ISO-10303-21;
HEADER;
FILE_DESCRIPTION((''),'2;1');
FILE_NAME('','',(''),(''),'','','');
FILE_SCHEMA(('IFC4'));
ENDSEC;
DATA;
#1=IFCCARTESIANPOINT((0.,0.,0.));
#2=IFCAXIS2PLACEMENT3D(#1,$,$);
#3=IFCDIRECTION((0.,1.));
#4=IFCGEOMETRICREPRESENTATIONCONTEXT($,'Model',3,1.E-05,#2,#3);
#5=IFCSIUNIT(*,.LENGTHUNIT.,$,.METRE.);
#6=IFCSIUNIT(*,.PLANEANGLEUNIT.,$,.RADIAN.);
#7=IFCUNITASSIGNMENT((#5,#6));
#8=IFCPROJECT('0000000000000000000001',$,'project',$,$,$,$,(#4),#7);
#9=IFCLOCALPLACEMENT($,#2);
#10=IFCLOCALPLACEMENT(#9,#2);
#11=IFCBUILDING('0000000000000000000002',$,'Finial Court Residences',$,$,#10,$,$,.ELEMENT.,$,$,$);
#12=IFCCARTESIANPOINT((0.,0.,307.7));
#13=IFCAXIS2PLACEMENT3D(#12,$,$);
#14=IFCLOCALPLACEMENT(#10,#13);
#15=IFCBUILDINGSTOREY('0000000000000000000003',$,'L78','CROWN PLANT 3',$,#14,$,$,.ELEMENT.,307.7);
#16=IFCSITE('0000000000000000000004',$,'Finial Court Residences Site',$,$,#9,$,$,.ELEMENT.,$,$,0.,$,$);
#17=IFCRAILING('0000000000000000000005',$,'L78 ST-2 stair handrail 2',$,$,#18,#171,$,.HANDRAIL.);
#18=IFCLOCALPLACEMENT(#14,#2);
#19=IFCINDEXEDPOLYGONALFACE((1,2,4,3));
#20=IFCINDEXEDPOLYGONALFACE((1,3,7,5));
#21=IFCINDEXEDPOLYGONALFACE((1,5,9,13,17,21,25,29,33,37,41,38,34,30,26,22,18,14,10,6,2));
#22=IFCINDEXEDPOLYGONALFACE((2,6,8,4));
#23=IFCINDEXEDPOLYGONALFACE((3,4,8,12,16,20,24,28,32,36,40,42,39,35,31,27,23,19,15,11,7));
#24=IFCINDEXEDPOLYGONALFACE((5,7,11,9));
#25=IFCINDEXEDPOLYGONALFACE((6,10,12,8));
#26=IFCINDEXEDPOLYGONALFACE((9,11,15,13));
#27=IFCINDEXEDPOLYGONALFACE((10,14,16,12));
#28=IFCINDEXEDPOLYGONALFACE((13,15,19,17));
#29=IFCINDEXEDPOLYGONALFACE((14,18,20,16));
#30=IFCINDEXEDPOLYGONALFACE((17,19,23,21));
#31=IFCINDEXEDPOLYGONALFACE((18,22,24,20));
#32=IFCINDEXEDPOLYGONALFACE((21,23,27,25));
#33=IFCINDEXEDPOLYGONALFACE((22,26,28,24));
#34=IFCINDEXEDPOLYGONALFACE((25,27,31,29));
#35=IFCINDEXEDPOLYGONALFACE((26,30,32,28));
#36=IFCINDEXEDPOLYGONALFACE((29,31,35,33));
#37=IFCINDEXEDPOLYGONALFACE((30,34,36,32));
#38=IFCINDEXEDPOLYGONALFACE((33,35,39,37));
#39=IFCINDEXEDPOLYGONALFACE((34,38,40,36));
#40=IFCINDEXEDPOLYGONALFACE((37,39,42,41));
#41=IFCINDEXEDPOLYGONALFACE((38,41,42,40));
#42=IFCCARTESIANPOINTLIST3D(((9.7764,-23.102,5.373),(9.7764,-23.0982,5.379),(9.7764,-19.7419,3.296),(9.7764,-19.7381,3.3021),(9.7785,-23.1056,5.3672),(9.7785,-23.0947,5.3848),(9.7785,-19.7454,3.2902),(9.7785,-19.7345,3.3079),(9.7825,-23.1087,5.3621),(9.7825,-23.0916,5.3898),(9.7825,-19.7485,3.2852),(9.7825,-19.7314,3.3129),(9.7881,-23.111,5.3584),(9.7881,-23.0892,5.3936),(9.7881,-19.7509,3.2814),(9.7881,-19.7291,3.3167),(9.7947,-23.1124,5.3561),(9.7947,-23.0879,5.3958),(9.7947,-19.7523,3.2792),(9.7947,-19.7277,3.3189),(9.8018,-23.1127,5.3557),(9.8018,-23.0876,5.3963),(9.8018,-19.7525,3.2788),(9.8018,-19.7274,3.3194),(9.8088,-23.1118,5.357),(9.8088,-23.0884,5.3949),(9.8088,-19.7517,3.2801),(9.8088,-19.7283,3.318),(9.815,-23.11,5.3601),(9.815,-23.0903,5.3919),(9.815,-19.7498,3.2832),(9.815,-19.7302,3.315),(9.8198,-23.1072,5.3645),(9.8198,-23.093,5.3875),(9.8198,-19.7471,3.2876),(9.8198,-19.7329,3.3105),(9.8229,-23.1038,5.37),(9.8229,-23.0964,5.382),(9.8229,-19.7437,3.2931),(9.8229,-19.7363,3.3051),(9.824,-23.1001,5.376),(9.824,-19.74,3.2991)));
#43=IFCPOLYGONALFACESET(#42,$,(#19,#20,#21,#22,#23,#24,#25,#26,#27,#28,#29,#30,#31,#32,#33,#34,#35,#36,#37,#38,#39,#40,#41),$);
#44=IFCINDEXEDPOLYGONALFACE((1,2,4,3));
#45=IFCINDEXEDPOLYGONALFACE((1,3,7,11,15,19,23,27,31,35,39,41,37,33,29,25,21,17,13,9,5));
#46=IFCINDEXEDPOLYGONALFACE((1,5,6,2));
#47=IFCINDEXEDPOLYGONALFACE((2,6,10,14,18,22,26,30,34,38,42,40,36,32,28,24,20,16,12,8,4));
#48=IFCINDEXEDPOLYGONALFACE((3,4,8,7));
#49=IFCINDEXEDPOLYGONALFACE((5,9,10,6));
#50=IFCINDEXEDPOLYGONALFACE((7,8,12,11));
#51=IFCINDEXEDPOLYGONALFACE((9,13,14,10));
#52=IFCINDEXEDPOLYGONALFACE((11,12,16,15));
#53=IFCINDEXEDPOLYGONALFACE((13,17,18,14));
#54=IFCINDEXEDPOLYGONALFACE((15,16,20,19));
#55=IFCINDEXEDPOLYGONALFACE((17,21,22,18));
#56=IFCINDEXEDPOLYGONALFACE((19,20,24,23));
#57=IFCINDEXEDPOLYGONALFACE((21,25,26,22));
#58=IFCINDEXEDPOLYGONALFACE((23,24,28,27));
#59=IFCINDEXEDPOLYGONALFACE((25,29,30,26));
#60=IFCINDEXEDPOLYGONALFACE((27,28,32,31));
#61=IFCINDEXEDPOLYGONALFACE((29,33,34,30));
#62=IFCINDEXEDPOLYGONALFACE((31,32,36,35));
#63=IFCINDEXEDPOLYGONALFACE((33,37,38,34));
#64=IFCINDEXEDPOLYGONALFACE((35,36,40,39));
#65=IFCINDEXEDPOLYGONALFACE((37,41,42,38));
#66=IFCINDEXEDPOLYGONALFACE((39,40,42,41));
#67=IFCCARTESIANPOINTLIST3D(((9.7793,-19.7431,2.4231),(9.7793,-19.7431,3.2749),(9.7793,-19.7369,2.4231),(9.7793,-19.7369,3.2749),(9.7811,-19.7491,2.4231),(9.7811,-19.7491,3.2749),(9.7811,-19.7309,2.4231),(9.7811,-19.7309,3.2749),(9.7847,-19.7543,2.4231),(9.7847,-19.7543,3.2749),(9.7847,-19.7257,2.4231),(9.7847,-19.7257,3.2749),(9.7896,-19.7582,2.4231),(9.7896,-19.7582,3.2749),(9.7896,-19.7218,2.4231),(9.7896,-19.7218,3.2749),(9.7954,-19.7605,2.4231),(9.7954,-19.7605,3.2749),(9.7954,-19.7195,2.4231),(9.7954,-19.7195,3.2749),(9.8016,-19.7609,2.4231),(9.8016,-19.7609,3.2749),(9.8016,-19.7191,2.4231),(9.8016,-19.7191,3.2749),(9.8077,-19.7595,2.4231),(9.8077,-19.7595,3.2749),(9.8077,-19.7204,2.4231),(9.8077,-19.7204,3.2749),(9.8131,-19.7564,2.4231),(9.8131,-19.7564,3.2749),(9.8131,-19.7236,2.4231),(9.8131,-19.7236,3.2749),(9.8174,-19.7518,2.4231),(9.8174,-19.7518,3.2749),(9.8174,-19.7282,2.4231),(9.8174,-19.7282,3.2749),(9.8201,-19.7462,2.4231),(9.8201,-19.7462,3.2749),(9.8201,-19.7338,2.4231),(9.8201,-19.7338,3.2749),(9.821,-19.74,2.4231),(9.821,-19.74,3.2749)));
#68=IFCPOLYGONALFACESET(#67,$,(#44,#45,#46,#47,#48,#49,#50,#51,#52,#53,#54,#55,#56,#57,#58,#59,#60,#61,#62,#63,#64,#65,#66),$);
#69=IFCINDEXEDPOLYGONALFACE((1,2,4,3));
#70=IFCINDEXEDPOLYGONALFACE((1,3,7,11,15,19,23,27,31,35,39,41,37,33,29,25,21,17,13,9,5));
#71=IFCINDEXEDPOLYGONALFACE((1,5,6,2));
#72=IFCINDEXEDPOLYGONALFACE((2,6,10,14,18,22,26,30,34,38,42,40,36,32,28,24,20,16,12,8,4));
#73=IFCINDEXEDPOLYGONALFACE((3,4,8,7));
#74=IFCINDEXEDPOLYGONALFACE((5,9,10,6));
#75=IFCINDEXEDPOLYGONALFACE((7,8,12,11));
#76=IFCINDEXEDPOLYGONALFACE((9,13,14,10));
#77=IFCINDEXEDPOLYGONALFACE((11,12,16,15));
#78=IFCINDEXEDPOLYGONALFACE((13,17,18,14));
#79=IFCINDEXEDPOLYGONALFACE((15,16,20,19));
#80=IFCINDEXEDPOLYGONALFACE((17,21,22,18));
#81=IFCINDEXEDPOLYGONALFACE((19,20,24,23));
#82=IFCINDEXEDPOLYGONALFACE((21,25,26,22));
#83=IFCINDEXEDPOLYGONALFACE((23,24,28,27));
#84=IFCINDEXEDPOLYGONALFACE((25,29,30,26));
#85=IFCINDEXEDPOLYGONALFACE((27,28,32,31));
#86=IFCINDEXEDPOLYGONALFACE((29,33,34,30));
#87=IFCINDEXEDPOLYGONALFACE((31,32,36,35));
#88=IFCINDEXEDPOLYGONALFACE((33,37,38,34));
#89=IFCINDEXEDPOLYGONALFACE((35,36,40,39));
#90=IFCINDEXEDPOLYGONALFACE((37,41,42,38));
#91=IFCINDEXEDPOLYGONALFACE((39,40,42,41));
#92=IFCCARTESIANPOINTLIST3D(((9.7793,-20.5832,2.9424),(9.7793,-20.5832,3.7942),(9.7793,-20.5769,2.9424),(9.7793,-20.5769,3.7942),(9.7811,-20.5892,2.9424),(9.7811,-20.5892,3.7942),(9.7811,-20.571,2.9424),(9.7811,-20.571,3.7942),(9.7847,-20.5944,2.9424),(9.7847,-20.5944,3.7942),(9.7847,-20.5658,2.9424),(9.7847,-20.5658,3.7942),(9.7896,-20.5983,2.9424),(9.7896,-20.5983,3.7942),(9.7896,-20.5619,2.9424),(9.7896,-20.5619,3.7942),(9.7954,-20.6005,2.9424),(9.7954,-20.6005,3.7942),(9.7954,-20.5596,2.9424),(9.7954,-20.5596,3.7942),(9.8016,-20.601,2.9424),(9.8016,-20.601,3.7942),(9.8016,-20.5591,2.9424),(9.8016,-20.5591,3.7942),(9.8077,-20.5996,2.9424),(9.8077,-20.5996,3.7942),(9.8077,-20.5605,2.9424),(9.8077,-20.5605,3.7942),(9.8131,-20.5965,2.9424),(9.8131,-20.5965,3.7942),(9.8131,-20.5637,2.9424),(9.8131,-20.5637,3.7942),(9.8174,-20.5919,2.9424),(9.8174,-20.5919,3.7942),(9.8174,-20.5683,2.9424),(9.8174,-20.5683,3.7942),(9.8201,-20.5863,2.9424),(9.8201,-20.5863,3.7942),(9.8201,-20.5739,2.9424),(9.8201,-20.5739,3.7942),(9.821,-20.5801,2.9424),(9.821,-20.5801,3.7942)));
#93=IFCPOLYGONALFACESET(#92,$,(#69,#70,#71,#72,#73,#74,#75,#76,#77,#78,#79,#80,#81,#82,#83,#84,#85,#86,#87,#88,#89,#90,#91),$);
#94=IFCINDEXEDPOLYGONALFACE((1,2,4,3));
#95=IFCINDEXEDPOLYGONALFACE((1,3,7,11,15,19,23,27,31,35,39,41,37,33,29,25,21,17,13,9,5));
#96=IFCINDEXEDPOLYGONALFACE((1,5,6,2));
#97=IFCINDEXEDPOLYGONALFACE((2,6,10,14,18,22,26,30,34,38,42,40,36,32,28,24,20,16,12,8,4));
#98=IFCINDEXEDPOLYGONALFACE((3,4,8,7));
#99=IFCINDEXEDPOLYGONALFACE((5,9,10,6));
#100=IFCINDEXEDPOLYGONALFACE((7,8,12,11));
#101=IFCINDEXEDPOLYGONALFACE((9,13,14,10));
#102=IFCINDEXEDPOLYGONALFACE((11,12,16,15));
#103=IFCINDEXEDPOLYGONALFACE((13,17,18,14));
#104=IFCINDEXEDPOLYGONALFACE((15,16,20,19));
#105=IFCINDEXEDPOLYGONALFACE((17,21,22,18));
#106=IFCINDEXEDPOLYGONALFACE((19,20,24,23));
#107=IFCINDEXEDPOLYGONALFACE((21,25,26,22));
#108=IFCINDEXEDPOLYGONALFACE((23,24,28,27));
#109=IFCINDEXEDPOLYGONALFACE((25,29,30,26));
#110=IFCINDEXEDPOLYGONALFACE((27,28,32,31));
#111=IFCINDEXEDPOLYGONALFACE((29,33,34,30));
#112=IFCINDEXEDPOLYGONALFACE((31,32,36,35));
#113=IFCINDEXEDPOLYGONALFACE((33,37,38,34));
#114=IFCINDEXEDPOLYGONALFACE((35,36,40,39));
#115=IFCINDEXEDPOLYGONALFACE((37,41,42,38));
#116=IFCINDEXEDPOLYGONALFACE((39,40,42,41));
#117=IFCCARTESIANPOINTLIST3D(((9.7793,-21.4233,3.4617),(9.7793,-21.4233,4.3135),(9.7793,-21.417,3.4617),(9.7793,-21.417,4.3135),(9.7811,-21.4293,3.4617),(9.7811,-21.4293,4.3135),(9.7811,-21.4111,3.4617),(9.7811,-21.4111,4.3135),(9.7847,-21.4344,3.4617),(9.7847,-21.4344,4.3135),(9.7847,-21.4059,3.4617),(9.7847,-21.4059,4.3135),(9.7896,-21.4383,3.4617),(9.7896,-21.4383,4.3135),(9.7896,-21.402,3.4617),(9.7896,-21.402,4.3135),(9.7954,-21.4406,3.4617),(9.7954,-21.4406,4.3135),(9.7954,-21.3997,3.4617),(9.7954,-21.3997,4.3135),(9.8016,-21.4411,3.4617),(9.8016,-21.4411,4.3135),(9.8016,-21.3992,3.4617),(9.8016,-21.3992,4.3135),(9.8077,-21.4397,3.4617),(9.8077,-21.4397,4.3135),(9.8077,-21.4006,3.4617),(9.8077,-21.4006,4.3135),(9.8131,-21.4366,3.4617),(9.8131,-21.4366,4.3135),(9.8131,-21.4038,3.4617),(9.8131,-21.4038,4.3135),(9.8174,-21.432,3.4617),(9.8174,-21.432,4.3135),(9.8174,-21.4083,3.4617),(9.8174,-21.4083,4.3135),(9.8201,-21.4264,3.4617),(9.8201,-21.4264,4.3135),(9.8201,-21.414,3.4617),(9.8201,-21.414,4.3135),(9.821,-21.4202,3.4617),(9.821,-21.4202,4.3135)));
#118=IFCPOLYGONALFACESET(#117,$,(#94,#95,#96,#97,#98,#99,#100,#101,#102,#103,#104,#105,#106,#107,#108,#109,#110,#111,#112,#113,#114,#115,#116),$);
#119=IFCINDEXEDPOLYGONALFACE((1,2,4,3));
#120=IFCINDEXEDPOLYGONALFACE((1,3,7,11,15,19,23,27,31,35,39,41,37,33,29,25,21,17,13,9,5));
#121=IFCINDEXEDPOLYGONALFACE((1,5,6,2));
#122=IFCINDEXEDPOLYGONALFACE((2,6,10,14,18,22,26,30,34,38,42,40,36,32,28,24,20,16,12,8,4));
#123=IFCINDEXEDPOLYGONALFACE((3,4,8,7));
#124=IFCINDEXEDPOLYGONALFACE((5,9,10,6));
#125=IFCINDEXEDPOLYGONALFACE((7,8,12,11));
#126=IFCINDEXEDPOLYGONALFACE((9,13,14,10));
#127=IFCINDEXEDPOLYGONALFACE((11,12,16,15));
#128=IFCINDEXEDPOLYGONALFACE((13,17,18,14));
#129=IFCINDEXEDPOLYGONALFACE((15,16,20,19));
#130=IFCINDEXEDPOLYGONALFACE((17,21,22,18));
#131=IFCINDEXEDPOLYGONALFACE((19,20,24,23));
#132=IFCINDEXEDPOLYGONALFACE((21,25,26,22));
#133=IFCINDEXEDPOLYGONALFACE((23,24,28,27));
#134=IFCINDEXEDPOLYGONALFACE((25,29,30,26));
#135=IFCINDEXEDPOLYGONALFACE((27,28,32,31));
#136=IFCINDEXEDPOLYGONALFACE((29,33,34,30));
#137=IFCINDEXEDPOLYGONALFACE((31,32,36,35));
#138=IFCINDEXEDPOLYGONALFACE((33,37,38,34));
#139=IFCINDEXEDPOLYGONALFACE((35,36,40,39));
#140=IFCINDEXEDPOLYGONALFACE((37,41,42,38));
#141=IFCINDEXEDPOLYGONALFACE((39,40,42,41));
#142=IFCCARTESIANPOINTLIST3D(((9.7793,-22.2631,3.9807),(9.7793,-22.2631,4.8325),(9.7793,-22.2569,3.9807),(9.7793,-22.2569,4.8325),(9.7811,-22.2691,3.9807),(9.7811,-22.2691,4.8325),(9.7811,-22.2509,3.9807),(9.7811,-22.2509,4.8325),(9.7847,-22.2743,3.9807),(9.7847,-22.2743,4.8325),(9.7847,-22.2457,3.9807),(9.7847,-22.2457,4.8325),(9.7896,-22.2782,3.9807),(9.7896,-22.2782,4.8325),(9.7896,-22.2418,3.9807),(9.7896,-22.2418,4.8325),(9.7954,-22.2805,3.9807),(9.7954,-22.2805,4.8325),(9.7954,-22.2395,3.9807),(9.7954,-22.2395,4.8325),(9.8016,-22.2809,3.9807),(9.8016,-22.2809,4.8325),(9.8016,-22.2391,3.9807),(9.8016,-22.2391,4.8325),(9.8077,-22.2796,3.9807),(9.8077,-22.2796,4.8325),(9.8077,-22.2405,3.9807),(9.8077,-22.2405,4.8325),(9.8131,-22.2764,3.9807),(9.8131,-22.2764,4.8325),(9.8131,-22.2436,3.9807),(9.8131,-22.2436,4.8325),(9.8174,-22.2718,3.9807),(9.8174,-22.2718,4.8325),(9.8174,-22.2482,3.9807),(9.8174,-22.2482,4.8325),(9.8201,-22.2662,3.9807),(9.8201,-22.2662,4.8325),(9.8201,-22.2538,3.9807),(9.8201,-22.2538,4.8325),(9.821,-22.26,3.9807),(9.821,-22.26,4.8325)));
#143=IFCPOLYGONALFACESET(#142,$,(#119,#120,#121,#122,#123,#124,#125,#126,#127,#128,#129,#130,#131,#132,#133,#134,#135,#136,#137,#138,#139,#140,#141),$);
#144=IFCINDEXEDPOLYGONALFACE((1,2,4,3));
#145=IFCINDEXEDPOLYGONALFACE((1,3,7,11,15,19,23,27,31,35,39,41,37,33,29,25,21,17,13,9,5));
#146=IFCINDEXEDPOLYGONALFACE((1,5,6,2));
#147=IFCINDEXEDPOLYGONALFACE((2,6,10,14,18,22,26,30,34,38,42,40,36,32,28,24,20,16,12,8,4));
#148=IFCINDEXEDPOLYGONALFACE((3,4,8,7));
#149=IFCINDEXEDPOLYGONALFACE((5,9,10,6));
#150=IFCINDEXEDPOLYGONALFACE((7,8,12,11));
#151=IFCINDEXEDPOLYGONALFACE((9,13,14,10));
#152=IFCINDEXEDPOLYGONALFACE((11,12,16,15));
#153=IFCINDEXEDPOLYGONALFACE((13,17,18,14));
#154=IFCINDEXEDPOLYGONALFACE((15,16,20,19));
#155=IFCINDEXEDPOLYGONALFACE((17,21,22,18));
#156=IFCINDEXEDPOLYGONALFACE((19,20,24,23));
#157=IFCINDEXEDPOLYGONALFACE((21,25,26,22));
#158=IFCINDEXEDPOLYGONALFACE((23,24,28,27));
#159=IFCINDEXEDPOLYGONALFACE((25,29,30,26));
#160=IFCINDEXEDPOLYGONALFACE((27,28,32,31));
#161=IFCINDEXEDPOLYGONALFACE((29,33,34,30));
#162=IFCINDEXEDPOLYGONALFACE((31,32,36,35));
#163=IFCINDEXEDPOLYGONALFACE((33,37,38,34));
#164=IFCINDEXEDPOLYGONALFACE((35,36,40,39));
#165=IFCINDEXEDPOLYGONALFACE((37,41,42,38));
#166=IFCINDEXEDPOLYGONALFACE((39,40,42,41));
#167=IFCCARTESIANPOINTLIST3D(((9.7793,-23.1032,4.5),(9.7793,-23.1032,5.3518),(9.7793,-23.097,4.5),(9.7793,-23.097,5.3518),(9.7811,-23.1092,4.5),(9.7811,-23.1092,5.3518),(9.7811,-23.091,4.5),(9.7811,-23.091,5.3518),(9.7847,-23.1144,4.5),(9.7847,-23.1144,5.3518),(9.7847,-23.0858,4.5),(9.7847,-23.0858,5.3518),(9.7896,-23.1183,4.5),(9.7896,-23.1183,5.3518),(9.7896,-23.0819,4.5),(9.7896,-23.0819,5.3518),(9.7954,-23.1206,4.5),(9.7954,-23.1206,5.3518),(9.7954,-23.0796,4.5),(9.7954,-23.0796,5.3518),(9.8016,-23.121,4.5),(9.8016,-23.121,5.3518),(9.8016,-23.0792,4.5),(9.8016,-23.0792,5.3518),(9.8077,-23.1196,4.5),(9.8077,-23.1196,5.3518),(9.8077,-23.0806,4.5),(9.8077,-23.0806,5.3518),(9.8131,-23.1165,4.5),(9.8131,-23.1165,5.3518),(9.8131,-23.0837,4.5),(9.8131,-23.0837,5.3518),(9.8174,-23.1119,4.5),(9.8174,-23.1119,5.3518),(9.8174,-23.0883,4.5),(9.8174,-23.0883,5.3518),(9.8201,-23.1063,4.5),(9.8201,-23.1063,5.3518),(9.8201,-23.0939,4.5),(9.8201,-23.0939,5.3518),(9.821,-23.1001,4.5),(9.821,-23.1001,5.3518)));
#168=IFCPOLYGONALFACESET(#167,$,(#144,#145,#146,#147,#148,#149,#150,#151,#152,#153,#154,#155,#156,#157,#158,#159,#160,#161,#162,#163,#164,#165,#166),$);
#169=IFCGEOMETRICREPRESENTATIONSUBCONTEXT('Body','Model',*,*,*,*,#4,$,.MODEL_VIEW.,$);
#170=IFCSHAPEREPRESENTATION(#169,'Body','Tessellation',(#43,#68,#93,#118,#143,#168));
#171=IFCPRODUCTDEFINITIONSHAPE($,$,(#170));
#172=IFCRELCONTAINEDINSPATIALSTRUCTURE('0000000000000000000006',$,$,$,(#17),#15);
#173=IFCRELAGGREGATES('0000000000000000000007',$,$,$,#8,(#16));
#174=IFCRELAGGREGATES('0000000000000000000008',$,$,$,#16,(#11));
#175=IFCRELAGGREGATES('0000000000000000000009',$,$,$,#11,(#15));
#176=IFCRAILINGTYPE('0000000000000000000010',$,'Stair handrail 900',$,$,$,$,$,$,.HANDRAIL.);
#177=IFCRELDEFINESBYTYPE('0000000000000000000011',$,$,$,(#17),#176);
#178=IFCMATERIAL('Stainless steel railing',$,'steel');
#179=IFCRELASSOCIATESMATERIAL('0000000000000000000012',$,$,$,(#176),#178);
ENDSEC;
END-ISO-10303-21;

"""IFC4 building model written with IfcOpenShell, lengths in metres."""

from ifc_helpers import new_model, si_unit, direction, frame, origin, origin_2d, place, context, subcontext, project, spatial, circle, extrude, material, type_object, element, save


model = new_model("IFC4")

# Units and contexts
model_context = context("Model", 3, precision=1e-05, world=origin(), true_north=direction((0.0, 1.0)))
body_context = subcontext(model_context, "Body", "Model", "MODEL_VIEW")
ifc_project = project(units=[si_unit("LENGTHUNIT", "METRE"), si_unit("PLANEANGLEUNIT", "RADIAN")], contexts=[model_context])

# Site, building, storey
site_placement = place(None, origin())
site = spatial("IfcSite", under=ifc_project, at=site_placement, Name="Finial Court Residences Site", CompositionType="ELEMENT", RefElevation=0.0)
building_placement = place(site_placement, origin())
building = spatial("IfcBuilding", under=site, at=building_placement, Name="Finial Court Residences", CompositionType="ELEMENT")
storey_placement = place(building_placement, frame((0.0, 0.0, 307.7)))
storey = spatial("IfcBuildingStorey", under=building, at=storey_placement, Name="L78", Description="CROWN PLANT 3", CompositionType="ELEMENT", Elevation=307.7)

# Railing
ifc_material_1 = material(Name="Stainless steel railing", Category="steel")
railing_type_1 = type_object("IfcRailingType", Name="Stair handrail 900", PredefinedType="HANDRAIL", material=ifc_material_1)
railing_1_placement = place(storey_placement, frame((9.8, -19.74, 2.4231)))
element("IfcRailing", 1, at=railing_1_placement, inside=storey, type_object=railing_type_1, Name="L78 ST-2 stair handrail 2", PredefinedType="HANDRAIL", context=body_context, shape_type="SweptSolid", body=[
    extrude(circle(Radius=0.0239, at=origin_2d()), frame((0.0, 0.0, 0.876), z_axis=(0.0, -0.850623, 0.525776), x_axis=(1.0, 0.0, 0.0)), (0.0, 0.0, 1.0), 3.9502),
    extrude(circle(Radius=0.021, at=origin_2d()), origin(), (0.0, 0.0, 1.0), 0.8518),
    extrude(circle(Radius=0.021, at=origin_2d()), frame((0.0, -0.8401, 0.5193)), (0.0, 0.0, 1.0), 0.8518),
    extrude(circle(Radius=0.021, at=origin_2d()), frame((0.0, -1.6802, 1.0386)), (0.0, 0.0, 1.0), 0.8518),
    extrude(circle(Radius=0.021, at=origin_2d()), frame((0.0, -2.52, 1.5576)), (0.0, 0.0, 1.0), 0.8518),
    extrude(circle(Radius=0.021, at=origin_2d()), frame((0.0, -3.3601, 2.0769)), (0.0, 0.0, 1.0), 0.8518),
])

save(model, "model.ifc")
